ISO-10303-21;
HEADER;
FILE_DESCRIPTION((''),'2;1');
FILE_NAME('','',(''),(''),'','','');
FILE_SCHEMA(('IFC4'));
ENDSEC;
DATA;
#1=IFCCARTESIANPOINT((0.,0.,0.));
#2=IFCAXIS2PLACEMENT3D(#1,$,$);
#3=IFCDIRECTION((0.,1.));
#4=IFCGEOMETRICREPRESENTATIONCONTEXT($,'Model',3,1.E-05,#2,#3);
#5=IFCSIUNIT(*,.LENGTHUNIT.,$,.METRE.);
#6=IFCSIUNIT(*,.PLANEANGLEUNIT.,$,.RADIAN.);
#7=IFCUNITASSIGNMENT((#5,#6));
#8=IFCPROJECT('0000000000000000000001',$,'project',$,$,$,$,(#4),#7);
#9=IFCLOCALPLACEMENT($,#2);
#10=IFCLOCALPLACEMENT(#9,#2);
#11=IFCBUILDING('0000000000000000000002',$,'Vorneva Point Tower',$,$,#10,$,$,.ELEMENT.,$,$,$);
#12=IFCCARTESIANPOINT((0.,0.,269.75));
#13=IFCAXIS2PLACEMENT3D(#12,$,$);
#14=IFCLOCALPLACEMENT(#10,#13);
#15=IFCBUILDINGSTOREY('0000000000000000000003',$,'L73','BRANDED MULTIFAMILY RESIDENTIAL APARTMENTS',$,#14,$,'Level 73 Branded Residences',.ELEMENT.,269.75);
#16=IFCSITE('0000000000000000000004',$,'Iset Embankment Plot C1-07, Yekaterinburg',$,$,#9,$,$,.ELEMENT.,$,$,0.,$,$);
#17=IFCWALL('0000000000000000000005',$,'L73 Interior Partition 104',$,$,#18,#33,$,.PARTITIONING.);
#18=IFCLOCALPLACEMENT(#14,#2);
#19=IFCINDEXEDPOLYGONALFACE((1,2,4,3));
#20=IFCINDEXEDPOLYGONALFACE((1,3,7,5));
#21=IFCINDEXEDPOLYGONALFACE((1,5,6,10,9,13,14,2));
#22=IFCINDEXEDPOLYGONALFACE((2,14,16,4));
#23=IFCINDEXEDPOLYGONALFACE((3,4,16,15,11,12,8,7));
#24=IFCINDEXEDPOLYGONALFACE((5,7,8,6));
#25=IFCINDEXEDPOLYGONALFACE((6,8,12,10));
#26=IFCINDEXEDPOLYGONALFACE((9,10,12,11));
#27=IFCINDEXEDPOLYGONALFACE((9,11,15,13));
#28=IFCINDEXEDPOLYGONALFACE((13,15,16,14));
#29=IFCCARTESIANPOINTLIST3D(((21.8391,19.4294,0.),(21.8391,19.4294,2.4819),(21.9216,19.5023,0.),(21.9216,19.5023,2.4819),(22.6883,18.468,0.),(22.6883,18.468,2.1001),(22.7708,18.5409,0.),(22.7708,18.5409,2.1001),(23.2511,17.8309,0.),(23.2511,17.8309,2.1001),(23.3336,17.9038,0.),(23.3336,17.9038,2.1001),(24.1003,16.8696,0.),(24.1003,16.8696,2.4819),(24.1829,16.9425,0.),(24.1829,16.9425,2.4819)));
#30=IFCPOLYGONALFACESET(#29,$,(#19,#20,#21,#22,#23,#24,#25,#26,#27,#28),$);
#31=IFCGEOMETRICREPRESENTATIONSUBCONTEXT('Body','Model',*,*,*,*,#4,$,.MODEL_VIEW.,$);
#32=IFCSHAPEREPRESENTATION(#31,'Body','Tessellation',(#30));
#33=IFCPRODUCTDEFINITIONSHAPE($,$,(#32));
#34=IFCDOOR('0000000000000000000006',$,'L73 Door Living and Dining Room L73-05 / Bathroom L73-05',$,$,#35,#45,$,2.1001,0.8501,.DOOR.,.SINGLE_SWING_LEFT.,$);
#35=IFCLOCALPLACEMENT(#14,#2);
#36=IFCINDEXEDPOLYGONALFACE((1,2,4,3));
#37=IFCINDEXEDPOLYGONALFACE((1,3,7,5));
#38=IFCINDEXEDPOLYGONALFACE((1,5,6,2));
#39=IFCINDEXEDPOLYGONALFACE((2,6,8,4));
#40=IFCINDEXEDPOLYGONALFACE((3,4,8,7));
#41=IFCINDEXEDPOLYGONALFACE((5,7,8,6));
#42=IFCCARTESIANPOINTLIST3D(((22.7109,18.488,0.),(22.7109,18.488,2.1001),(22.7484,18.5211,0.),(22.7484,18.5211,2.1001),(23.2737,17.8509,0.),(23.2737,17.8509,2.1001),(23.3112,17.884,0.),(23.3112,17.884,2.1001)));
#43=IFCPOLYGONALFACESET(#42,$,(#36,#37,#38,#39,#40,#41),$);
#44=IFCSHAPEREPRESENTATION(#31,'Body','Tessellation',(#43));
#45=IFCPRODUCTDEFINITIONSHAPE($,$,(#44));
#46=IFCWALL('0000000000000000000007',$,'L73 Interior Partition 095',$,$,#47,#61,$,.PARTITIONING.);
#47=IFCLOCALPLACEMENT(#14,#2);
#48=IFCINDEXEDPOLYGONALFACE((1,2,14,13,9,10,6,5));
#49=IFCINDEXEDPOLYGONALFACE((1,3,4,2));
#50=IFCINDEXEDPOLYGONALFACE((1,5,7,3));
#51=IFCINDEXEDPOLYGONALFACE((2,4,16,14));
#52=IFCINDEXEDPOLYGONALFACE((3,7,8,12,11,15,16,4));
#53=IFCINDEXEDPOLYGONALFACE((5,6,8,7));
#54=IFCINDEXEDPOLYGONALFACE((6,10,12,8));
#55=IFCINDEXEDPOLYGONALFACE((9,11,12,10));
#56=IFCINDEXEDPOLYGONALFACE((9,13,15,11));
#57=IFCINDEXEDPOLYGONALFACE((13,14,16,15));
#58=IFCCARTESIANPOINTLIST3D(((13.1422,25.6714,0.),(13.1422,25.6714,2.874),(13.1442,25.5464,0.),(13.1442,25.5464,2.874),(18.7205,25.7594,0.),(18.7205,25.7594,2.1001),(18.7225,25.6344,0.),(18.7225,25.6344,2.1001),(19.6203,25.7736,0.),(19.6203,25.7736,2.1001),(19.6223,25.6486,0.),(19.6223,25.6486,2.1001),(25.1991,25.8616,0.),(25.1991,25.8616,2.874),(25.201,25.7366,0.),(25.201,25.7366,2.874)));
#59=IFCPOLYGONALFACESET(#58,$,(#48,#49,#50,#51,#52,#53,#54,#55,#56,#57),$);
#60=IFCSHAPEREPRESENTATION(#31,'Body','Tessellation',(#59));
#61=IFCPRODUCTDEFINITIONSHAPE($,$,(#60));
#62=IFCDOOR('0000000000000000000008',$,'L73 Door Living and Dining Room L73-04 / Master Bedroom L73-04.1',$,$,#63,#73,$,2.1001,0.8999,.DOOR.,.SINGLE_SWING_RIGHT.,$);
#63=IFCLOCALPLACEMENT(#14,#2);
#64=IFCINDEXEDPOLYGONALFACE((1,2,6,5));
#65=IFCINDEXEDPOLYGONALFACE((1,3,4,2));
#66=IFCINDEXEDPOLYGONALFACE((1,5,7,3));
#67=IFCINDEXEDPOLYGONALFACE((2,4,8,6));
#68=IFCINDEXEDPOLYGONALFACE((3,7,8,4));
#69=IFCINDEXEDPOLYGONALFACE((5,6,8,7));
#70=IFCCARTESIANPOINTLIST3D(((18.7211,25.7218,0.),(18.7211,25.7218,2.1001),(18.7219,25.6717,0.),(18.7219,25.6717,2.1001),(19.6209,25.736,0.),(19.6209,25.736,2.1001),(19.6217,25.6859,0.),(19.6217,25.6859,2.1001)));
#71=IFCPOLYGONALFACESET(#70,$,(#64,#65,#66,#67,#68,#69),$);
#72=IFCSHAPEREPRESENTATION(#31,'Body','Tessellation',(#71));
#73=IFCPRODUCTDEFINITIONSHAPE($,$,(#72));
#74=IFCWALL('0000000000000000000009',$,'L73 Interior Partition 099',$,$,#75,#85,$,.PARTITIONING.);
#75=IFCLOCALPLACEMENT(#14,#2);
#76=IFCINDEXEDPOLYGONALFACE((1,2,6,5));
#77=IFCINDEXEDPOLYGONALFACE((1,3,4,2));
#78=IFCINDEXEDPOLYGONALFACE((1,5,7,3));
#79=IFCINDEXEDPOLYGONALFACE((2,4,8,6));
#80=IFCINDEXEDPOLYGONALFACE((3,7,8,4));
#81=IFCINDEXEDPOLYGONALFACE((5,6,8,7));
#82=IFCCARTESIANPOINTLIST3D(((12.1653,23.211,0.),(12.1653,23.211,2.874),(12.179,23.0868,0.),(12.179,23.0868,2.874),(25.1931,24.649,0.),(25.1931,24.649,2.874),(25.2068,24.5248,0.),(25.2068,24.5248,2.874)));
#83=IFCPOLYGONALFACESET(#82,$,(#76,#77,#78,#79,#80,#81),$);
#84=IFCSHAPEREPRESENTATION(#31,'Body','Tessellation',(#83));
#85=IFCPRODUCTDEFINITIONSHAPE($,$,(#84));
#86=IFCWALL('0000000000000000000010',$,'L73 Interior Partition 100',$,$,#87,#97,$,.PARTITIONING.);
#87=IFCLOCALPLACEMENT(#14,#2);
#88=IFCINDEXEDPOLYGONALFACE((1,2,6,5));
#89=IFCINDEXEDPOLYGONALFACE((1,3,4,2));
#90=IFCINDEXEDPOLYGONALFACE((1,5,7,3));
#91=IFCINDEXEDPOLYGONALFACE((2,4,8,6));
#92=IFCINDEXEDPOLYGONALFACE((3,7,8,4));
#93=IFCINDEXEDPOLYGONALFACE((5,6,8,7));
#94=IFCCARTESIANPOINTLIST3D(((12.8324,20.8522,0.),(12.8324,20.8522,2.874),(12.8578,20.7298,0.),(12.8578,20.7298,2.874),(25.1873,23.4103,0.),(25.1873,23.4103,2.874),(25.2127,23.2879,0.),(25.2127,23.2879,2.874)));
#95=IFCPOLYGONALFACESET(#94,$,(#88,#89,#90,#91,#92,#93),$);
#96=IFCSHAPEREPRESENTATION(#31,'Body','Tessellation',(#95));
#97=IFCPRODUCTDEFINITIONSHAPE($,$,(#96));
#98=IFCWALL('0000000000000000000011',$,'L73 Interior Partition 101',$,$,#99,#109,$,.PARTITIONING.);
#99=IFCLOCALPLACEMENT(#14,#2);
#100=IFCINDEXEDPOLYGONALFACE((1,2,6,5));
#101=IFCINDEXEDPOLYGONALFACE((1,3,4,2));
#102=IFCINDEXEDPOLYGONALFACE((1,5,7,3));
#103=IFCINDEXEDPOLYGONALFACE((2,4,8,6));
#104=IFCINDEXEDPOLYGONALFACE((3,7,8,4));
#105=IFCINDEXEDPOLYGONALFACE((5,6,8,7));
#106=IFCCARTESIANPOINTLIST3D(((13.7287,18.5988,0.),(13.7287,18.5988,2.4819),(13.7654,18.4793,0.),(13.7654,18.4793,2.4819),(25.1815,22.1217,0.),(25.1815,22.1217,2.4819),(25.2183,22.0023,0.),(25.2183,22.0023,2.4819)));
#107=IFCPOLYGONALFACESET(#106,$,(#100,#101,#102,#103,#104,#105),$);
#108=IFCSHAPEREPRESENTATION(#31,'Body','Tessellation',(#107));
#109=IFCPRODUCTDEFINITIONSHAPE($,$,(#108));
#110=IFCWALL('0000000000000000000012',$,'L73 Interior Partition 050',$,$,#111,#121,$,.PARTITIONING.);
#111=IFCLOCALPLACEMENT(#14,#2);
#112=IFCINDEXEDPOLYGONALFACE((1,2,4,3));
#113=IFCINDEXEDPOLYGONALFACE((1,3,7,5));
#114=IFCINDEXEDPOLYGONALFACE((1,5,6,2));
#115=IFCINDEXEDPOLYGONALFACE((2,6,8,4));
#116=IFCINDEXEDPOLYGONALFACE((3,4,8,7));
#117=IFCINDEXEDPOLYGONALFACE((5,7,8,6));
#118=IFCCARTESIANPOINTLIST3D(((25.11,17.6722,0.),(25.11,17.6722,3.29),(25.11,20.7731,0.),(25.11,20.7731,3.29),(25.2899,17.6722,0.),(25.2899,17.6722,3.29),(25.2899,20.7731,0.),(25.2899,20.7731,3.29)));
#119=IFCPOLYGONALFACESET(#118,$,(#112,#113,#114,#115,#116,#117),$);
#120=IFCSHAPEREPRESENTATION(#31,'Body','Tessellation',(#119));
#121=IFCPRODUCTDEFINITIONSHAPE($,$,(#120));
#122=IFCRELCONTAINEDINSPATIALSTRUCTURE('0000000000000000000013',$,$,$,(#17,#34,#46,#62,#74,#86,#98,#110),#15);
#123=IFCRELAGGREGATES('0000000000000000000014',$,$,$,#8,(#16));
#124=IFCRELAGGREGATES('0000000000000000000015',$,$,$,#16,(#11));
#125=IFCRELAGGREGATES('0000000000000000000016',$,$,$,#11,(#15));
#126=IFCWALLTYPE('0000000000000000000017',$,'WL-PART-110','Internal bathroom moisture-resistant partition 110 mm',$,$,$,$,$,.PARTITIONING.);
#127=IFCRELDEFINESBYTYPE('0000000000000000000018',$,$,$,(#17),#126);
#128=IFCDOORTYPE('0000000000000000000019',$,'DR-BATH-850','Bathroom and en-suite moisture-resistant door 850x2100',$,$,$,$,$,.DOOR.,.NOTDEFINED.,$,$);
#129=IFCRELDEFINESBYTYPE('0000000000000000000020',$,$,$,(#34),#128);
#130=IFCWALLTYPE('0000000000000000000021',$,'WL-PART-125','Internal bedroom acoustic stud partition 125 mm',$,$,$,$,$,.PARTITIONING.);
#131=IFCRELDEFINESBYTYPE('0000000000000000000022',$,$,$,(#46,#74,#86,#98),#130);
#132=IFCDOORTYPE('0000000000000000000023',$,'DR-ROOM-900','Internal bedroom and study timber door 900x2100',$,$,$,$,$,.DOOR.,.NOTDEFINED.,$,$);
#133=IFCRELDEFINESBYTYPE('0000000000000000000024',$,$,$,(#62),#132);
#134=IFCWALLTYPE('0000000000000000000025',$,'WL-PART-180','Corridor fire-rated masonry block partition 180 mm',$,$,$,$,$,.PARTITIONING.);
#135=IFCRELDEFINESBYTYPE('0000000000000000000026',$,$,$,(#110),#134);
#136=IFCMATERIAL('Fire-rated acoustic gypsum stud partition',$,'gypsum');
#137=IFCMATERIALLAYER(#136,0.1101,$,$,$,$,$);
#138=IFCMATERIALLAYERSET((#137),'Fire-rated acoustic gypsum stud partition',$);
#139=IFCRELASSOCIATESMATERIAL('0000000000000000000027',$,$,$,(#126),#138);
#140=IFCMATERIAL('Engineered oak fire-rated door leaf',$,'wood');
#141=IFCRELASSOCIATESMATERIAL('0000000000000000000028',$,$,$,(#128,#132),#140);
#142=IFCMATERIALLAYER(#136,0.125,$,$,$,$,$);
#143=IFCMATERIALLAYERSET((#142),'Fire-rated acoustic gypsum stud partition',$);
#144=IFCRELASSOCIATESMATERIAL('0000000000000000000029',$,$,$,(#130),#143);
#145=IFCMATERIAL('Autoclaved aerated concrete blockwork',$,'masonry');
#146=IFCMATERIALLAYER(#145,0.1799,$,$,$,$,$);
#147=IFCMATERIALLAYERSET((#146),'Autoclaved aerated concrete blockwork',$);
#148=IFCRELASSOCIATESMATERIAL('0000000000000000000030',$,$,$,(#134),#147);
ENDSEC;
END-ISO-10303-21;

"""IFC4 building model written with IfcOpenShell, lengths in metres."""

from ifc_helpers import new_model, si_unit, direction, frame, frame_2d, origin, place, context, subcontext, project, spatial, rectangle, extrude, material, layer, layer_set, type_object, element, fill, save


model = new_model("IFC4")

# Units and contexts
model_context = context("Model", 3, precision=1e-05, world=origin(), true_north=direction((0.0, 1.0)))
body_context = subcontext(model_context, "Body", "Model", "MODEL_VIEW")
ifc_project = project(units=[si_unit("LENGTHUNIT", "METRE"), si_unit("PLANEANGLEUNIT", "RADIAN")], contexts=[model_context])

# Site, building, storey
site_placement = place(None, origin())
site = spatial("IfcSite", under=ifc_project, at=site_placement, Name="Iset Embankment Plot C1-07, Yekaterinburg", CompositionType="ELEMENT", RefElevation=0.0)
building_placement = place(site_placement, origin())
building = spatial("IfcBuilding", under=site, at=building_placement, Name="Vorneva Point Tower", CompositionType="ELEMENT")
storey_placement = place(building_placement, frame((0.0, 0.0, 269.75)))
storey = spatial("IfcBuildingStorey", under=building, at=storey_placement, Name="L73", Description="BRANDED MULTIFAMILY RESIDENTIAL APARTMENTS", LongName="Level 73 Branded Residences", CompositionType="ELEMENT", Elevation=269.75)

# Shared definitions
ifc_material_1 = material(Name="Fire-rated acoustic gypsum stud partition", Category="gypsum")
ifc_layer_1 = layer(ifc_material_1, 0.1101)
ifc_layer_set_1 = layer_set([ifc_layer_1], Name="Fire-rated acoustic gypsum stud partition")
wall_type_1 = type_object("IfcWallType", Name="WL-PART-110", Description="Internal bathroom moisture-resistant partition 110 mm", PredefinedType="PARTITIONING", material=ifc_layer_set_1)

# Walls, openings, doors
wall_1_placement = place(storey_placement, frame((24.1416, 16.906, 0.0), z_axis=(0.0, 0.0, 1.0), x_axis=(-0.662045, 0.749464, 0.0)))
wall_1 = element("IfcWall", 1, at=wall_1_placement, inside=storey, type_object=wall_type_1, Name="L73 Interior Partition 104", PredefinedType="PARTITIONING", context=body_context, shape_type="SweptSolid", body=[
    extrude(rectangle(XDim=3.4155, YDim=0.1101, at=frame_2d((1.7078, 0.0))), origin(), (0.0, 0.0, 1.0), 2.4819),
])
opening_1_placement = place(wall_1_placement, frame((1.2827, 0.0, 0.0)))
opening_1 = element("IfcOpeningElement", 2, at=opening_1_placement, cuts=wall_1, PredefinedType="OPENING", context=body_context, shape_type="SweptSolid", body=[
    extrude(rectangle(XDim=0.8501, YDim=2.1001, at=frame_2d((0.425, 1.05))), frame((0.0, 0.0698, 0.0), z_axis=(0.0, -1.0, 0.0), x_axis=(1.0, 0.0, 0.0)), (0.0, 0.0, 1.0), 0.1399),
])
ifc_material_2 = material(Name="Engineered oak fire-rated door leaf", Category="wood")
door_type_1 = type_object("IfcDoorType", Name="DR-BATH-850", Description="Bathroom and en-suite moisture-resistant door 850x2100", OperationType="NOTDEFINED", PredefinedType="DOOR", material=ifc_material_2)
door_1_placement = place(opening_1_placement, origin())
door_1 = element("IfcDoor", 3, at=door_1_placement, inside=storey, type_object=door_type_1, Name="L73 Door Living and Dining Room L73-05 / Bathroom L73-05", OperationType="SINGLE_SWING_LEFT", OverallHeight=2.1001, OverallWidth=0.8501, PredefinedType="DOOR", context=body_context, shape_type="SweptSolid", body=[
    extrude(rectangle(XDim=0.8501, YDim=2.1001, at=frame_2d((0.425, 1.05))), frame((0.0, 0.0249, 0.0), z_axis=(0.0, -1.0, 0.0), x_axis=(1.0, 0.0, 0.0)), (0.0, 0.0, 1.0), 0.05),
])
fill(opening_1, door_1)
ifc_layer_2 = layer(ifc_material_1, 0.125)
ifc_layer_set_2 = layer_set([ifc_layer_2], Name="Fire-rated acoustic gypsum stud partition")
wall_type_2 = type_object("IfcWallType", Name="WL-PART-125", Description="Internal bedroom acoustic stud partition 125 mm", PredefinedType="PARTITIONING", material=ifc_layer_set_2)
wall_2_placement = place(storey_placement, frame((13.1431, 25.6089, 0.0), z_axis=(0.0, 0.0, 1.0), x_axis=(0.999876, 0.015772, 0.0)))
wall_2 = element("IfcWall", 4, at=wall_2_placement, inside=storey, type_object=wall_type_2, Name="L73 Interior Partition 095", PredefinedType="PARTITIONING", context=body_context, shape_type="SweptSolid", body=[
    extrude(rectangle(XDim=12.0583, YDim=0.125, at=frame_2d((6.0293, 0.0))), origin(), (0.0, 0.0, 1.0), 2.874),
])
opening_2_placement = place(wall_2_placement, frame((5.5791, 0.0, 0.0)))
opening_2 = element("IfcOpeningElement", 5, at=opening_2_placement, cuts=wall_2, PredefinedType="OPENING", context=body_context, shape_type="SweptSolid", body=[
    extrude(rectangle(XDim=0.8999, YDim=2.1001, at=frame_2d((0.45, 1.05))), frame((0.0, 0.0774, 0.0), z_axis=(0.0, -1.0, 0.0), x_axis=(1.0, 0.0, 0.0)), (0.0, 0.0, 1.0), 0.1548),
])
door_type_2 = type_object("IfcDoorType", Name="DR-ROOM-900", Description="Internal bedroom and study timber door 900x2100", OperationType="NOTDEFINED", PredefinedType="DOOR", material=ifc_material_2)
door_2_placement = place(opening_2_placement, origin())
door_2 = element("IfcDoor", 6, at=door_2_placement, inside=storey, type_object=door_type_2, Name="L73 Door Living and Dining Room L73-04 / Master Bedroom L73-04.1", OperationType="SINGLE_SWING_RIGHT", OverallHeight=2.1001, OverallWidth=0.8999, PredefinedType="DOOR", context=body_context, shape_type="SweptSolid", body=[
    extrude(rectangle(XDim=0.8999, YDim=2.1001, at=frame_2d((0.45, 1.05))), frame((0.0, 0.0249, 0.0), z_axis=(0.0, -1.0, 0.0), x_axis=(1.0, 0.0, 0.0)), (0.0, 0.0, 1.0), 0.05),
])
fill(opening_2, door_2)

# Walls
wall_3_placement = place(storey_placement, frame((12.1721, 23.1489, 0.0), z_axis=(0.0, 0.0, 1.0), x_axis=(0.993963, 0.109712, 0.0)))
element("IfcWall", 7, at=wall_3_placement, inside=storey, type_object=wall_type_2, Name="L73 Interior Partition 099", PredefinedType="PARTITIONING", context=body_context, shape_type="SweptSolid", body=[
    extrude(rectangle(XDim=13.1069, YDim=0.125, at=frame_2d((6.5535, 0.0))), origin(), (0.0, 0.0, 1.0), 2.874),
])
wall_4_placement = place(storey_placement, frame((12.845, 20.791, 0.0), z_axis=(0.0, 0.0, 1.0), x_axis=(0.97923, 0.20275, 0.0)))
element("IfcWall", 8, at=wall_4_placement, inside=storey, type_object=wall_type_2, Name="L73 Interior Partition 100", PredefinedType="PARTITIONING", context=body_context, shape_type="SweptSolid", body=[
    extrude(rectangle(XDim=12.6169, YDim=0.125, at=frame_2d((6.3086, 0.0))), origin(), (0.0, 0.0, 1.0), 2.874),
])
wall_5_placement = place(storey_placement, frame((13.7471, 18.5391, 0.0), z_axis=(0.0, 0.0, 1.0), x_axis=(0.955803, 0.294009, 0.0)))
element("IfcWall", 9, at=wall_5_placement, inside=storey, type_object=wall_type_2, Name="L73 Interior Partition 101", PredefinedType="PARTITIONING", context=body_context, shape_type="SweptSolid", body=[
    extrude(rectangle(XDim=11.9824, YDim=0.125, at=frame_2d((5.9912, 0.0))), origin(), (0.0, 0.0, 1.0), 2.4819),
])

# Shared definitions
ifc_material_3 = material(Name="Autoclaved aerated concrete blockwork", Category="masonry")
ifc_layer_3 = layer(ifc_material_3, 0.1799)
ifc_layer_set_3 = layer_set([ifc_layer_3], Name="Autoclaved aerated concrete blockwork")
wall_type_3 = type_object("IfcWallType", Name="WL-PART-180", Description="Corridor fire-rated masonry block partition 180 mm", PredefinedType="PARTITIONING", material=ifc_layer_set_3)

# Wall
wall_6_placement = place(storey_placement, frame((25.2, 20.7729, 0.0), z_axis=(0.0, 0.0, 1.0), x_axis=(0.0, -1.0, 0.0)))
element("IfcWall", 10, at=wall_6_placement, inside=storey, type_object=wall_type_3, Name="L73 Interior Partition 050", PredefinedType="PARTITIONING", context=body_context, shape_type="SweptSolid", body=[
    extrude(rectangle(XDim=3.1008, YDim=0.1799, at=frame_2d((1.5503, 0.0))), origin(), (0.0, 0.0, 1.0), 3.29),
])

save(model, "model.ifc")
